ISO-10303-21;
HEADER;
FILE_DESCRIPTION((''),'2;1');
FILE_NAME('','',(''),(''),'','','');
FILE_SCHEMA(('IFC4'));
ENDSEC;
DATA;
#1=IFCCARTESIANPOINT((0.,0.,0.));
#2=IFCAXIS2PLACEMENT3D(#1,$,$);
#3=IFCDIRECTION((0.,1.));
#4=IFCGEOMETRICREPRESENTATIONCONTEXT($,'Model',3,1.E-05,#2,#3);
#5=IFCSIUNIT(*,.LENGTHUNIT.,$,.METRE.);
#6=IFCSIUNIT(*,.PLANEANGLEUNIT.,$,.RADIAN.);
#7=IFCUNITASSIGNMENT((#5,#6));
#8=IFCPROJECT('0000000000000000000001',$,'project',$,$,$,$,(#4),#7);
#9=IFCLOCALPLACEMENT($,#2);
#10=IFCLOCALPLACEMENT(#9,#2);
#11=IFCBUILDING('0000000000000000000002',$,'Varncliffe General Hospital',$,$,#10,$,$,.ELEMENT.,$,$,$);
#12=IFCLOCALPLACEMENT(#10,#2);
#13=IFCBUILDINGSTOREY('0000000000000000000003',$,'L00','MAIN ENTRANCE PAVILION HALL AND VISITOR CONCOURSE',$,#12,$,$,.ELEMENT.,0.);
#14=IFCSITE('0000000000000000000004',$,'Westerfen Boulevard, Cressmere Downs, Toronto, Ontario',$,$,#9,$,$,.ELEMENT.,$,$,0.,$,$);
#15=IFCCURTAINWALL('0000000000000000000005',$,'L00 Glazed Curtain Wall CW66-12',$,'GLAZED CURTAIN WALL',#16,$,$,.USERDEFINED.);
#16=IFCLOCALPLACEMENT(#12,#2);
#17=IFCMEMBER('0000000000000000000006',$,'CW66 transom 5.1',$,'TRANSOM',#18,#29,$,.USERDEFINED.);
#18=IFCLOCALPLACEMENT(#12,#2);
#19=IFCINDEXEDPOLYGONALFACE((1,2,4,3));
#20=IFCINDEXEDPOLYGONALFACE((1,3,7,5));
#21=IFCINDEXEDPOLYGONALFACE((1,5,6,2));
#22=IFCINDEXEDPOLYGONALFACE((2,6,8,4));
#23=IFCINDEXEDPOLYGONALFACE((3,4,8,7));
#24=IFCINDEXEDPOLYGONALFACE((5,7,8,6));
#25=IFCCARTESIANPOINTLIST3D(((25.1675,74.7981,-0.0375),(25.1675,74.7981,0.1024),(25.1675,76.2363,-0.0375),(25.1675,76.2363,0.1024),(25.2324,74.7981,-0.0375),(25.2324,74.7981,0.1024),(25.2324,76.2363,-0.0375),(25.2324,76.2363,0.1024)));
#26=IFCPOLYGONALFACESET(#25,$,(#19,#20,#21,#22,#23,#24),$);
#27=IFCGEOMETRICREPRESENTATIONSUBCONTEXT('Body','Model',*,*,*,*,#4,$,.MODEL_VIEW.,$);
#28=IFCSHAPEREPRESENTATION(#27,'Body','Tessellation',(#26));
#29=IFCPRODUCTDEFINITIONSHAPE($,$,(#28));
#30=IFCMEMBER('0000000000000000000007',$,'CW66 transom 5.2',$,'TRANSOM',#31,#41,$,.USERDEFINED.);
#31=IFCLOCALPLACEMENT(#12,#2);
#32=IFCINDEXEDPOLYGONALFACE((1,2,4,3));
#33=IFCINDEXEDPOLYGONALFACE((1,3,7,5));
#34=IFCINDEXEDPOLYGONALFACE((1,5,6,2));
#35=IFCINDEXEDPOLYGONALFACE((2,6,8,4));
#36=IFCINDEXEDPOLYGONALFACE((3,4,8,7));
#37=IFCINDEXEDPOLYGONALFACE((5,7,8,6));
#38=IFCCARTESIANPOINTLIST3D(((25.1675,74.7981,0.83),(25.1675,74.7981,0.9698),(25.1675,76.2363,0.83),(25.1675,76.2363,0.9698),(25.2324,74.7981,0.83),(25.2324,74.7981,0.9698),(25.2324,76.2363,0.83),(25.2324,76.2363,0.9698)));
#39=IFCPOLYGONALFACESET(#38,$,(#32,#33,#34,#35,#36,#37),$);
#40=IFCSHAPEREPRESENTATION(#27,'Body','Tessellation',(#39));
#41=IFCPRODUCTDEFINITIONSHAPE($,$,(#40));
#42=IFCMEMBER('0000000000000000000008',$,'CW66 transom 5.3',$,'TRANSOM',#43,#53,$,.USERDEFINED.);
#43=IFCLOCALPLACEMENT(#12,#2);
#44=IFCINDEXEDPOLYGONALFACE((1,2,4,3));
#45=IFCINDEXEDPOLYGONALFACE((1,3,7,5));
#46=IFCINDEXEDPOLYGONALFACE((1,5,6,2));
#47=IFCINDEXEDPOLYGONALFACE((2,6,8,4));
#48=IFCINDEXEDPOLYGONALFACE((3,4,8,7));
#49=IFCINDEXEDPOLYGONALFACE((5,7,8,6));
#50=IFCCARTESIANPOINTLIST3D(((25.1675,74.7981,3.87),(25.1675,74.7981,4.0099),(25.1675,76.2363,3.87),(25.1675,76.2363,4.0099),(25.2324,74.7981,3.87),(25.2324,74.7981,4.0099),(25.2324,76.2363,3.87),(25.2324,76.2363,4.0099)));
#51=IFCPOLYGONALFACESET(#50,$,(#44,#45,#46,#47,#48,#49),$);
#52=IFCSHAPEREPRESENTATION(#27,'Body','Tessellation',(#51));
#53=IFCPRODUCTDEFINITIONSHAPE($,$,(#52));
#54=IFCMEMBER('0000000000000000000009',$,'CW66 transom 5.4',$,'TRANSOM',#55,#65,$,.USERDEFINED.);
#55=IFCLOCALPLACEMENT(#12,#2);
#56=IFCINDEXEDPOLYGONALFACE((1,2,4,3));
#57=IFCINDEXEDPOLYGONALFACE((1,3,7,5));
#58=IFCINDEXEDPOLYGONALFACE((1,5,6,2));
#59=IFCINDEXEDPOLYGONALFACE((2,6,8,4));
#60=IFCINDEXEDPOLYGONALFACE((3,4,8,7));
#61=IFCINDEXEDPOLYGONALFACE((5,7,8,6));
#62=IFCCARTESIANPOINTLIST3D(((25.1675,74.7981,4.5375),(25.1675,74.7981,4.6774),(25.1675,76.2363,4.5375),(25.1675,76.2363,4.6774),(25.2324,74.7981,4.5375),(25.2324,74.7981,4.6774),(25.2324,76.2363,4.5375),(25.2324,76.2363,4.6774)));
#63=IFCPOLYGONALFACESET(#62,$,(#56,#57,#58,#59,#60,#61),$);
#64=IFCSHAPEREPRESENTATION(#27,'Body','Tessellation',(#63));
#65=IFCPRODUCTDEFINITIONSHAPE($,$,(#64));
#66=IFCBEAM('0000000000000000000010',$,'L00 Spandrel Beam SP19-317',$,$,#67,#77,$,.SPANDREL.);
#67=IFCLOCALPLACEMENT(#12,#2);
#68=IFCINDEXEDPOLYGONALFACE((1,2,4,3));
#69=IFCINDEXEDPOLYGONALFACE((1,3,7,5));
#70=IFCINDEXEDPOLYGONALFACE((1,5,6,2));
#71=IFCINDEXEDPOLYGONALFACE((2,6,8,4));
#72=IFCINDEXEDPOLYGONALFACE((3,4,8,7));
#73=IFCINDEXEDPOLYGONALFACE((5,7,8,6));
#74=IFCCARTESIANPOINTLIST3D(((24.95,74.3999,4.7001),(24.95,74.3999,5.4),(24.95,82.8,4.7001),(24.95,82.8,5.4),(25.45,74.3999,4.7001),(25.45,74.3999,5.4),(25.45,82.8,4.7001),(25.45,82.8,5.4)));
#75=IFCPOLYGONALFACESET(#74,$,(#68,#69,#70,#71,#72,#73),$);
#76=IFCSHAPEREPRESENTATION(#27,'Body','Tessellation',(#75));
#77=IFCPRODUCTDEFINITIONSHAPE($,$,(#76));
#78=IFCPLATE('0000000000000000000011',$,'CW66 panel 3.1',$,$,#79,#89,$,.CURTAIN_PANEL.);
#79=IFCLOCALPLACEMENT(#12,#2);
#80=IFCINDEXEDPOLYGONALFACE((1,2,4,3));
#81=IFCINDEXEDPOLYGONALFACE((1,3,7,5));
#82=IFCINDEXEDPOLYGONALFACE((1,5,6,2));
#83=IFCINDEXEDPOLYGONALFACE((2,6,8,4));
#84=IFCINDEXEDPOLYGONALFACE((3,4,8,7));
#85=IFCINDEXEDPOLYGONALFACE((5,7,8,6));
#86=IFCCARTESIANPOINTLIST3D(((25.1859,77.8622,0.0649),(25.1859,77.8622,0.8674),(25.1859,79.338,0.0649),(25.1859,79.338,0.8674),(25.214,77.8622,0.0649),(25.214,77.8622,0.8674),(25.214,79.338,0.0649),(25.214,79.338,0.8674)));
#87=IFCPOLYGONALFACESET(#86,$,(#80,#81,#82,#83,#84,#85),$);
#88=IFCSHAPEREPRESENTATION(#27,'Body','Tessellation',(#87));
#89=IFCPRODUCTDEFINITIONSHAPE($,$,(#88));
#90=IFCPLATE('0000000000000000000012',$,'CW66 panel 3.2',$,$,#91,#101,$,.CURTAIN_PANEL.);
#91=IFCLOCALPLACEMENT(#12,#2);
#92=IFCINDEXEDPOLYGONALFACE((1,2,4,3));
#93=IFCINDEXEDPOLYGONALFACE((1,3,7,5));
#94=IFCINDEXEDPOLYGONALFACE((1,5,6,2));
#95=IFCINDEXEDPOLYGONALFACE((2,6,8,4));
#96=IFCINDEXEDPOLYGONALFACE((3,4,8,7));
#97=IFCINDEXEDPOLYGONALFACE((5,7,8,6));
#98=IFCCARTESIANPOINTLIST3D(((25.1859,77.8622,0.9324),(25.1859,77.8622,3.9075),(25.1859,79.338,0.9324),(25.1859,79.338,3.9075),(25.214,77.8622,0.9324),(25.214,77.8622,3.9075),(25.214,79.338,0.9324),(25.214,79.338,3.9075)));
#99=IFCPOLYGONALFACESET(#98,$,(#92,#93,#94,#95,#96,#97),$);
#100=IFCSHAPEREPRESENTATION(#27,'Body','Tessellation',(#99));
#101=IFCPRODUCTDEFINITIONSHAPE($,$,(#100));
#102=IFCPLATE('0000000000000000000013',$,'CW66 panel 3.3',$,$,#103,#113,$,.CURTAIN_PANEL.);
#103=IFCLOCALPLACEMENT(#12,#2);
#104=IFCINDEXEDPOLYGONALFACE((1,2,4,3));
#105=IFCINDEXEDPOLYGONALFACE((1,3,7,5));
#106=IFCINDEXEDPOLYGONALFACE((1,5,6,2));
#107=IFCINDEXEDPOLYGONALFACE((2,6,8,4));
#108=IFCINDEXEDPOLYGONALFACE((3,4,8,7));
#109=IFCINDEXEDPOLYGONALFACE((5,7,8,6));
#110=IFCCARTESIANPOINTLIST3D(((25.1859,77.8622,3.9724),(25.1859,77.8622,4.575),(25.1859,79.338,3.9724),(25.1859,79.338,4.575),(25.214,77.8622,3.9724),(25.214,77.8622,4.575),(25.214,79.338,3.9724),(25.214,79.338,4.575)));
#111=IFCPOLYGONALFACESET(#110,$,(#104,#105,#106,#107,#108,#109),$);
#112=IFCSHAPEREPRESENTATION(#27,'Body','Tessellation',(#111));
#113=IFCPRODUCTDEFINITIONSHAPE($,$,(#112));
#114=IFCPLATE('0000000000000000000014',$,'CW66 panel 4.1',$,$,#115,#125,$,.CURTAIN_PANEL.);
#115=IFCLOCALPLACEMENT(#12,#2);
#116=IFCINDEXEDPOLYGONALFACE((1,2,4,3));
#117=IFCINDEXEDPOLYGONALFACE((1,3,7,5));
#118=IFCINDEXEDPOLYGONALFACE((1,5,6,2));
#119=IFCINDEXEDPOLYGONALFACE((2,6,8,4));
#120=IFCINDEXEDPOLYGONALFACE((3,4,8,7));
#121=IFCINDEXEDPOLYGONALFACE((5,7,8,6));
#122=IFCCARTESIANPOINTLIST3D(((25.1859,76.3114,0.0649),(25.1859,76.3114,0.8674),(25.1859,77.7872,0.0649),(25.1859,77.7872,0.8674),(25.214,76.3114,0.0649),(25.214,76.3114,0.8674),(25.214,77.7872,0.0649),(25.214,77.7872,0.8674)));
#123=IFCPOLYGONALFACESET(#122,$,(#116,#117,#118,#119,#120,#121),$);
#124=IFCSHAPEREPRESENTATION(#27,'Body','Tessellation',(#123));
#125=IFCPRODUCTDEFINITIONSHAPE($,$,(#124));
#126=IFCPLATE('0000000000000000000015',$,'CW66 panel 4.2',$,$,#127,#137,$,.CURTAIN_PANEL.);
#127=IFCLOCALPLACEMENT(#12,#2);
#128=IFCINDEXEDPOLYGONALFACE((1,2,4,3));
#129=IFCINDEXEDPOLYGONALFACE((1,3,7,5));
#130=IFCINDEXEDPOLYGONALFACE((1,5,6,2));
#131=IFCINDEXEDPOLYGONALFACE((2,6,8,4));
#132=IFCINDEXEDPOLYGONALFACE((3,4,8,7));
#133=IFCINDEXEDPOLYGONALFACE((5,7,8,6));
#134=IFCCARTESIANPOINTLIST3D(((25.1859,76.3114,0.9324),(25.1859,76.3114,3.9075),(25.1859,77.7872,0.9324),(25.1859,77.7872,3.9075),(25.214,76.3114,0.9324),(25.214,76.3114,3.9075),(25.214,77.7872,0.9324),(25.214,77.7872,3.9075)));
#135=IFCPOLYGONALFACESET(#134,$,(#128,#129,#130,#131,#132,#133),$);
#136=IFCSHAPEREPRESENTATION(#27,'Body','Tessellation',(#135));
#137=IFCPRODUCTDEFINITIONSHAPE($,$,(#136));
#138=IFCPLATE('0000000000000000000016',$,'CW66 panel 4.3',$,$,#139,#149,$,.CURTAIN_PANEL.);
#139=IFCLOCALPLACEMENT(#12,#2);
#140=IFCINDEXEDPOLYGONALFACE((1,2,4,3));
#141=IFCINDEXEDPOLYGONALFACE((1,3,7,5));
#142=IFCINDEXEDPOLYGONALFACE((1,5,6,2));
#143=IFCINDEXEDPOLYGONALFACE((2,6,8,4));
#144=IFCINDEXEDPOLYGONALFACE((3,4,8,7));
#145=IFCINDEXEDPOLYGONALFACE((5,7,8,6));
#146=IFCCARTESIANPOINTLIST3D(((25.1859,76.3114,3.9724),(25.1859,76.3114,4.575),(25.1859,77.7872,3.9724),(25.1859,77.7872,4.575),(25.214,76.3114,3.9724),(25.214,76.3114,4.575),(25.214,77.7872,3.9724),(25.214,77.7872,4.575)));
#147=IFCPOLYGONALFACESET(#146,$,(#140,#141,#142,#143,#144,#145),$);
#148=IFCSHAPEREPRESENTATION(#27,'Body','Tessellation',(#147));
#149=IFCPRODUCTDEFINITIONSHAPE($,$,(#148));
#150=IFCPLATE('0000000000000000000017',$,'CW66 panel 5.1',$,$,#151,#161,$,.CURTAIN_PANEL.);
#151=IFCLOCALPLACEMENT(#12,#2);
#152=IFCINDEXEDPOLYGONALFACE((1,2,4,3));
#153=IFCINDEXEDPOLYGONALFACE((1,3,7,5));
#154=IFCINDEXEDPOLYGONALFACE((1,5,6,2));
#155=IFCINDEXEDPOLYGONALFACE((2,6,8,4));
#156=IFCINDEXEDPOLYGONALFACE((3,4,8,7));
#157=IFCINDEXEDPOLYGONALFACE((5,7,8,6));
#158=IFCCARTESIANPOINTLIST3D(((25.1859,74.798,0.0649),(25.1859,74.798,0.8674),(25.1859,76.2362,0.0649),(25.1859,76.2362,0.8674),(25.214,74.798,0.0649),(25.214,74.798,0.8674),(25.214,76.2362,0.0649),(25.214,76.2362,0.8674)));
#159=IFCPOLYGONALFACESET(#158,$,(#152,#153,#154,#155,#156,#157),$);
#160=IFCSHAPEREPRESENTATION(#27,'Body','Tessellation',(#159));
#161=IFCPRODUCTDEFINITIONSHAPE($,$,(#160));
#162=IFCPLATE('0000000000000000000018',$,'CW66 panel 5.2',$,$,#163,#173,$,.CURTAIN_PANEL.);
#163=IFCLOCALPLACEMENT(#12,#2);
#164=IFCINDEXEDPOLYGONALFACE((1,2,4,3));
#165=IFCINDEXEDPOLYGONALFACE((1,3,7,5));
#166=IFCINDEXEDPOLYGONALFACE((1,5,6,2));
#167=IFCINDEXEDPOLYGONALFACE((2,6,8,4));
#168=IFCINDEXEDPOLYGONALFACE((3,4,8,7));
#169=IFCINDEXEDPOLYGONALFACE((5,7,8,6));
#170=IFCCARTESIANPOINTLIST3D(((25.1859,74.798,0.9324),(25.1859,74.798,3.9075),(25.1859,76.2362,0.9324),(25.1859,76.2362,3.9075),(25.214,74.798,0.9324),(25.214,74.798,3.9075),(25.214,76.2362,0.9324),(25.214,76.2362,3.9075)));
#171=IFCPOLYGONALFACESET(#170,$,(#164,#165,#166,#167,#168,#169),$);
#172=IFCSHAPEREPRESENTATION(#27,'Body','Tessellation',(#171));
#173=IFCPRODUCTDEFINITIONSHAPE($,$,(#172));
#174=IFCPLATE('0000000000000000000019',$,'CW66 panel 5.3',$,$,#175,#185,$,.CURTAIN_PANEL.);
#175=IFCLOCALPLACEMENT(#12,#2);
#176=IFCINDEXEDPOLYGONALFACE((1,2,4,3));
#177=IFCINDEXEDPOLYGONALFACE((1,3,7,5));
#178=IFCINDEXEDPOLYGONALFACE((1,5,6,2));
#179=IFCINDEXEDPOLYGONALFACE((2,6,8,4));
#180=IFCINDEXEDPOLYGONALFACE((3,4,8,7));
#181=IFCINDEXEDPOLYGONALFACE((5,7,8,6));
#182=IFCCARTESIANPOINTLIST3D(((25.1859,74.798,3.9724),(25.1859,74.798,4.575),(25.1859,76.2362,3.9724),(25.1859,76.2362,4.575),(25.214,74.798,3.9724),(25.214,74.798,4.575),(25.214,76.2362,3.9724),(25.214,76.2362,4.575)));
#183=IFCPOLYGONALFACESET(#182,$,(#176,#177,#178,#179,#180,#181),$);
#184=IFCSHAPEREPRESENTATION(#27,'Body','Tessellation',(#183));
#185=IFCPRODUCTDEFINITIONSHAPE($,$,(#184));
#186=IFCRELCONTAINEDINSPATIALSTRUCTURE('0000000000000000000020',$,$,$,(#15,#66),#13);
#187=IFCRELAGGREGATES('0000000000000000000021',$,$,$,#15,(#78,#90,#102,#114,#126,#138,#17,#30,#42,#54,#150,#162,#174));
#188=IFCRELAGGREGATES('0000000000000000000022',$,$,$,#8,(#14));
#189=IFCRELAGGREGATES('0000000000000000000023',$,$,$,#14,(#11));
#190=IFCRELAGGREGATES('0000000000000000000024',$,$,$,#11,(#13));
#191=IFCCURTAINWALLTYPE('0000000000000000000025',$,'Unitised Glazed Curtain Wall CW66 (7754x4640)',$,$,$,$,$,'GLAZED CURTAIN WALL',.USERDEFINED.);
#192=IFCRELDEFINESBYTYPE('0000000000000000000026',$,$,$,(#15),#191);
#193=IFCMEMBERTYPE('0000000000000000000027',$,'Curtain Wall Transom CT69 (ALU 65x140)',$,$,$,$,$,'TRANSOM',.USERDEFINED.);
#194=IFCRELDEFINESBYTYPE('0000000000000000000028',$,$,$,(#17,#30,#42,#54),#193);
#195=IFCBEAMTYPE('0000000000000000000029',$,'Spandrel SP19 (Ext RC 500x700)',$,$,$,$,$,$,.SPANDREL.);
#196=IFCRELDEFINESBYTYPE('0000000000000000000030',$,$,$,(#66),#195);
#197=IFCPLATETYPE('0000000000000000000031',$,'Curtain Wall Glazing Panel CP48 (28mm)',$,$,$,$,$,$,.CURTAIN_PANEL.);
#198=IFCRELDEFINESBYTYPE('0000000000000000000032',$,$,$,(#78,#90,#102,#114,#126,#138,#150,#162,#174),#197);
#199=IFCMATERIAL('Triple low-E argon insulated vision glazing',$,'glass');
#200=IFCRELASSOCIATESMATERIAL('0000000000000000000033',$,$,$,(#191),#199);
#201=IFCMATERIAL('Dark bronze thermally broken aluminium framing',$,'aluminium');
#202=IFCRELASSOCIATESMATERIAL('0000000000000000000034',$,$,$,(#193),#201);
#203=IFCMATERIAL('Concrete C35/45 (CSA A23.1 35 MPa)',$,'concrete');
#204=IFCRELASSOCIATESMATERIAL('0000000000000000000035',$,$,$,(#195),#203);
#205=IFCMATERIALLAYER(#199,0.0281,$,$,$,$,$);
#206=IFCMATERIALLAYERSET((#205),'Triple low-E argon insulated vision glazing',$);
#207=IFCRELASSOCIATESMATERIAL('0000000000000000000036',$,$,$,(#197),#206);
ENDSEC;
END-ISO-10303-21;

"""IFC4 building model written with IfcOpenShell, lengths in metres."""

from ifc_helpers import new_model, si_unit, direction, frame, origin, origin_2d, place, context, subcontext, project, spatial, rectangle, extrude, material, layer, layer_set, material_profile, profile_set, type_object, element, aggregate, save


model = new_model("IFC4")

# Units and contexts
model_context = context("Model", 3, precision=1e-05, world=origin(), true_north=direction((0.0, 1.0)))
body_context = subcontext(model_context, "Body", "Model", "MODEL_VIEW")
ifc_project = project(units=[si_unit("LENGTHUNIT", "METRE"), si_unit("PLANEANGLEUNIT", "RADIAN")], contexts=[model_context])

# Site, building, storey
site_placement = place(None, origin())
site = spatial("IfcSite", under=ifc_project, at=site_placement, Name="Westerfen Boulevard, Cressmere Downs, Toronto, Ontario", CompositionType="ELEMENT", RefElevation=0.0)
building_placement = place(site_placement, origin())
building = spatial("IfcBuilding", under=site, at=building_placement, Name="Varncliffe General Hospital", CompositionType="ELEMENT")
storey_placement = place(building_placement, origin())
storey = spatial("IfcBuildingStorey", under=building, at=storey_placement, Name="L00", Description="MAIN ENTRANCE PAVILION HALL AND VISITOR CONCOURSE", CompositionType="ELEMENT", Elevation=0.0)

# Shared definitions
ifc_material_1 = material(Name="Triple low-E argon insulated vision glazing", Category="glass")
ifc_material_2 = material(Name="Dark bronze thermally broken aluminium framing", Category="aluminium")

# Curtain wall
curtain_wall_type_1 = type_object("IfcCurtainWallType", Name="Unitised Glazed Curtain Wall CW66 (7754x4640)", ElementType="GLAZED CURTAIN WALL", PredefinedType="USERDEFINED", material=ifc_material_1)
curtain_wall_1_placement = place(storey_placement, origin())
curtain_wall_1 = element("IfcCurtainWall", 1, at=curtain_wall_1_placement, inside=storey, type_object=curtain_wall_type_1, Name="L00 Glazed Curtain Wall CW66-12", ObjectType="GLAZED CURTAIN WALL", PredefinedType="USERDEFINED")

# Members
ifc_material_profile_1 = material_profile(ifc_material_2, rectangle(XDim=0.0649, YDim=0.1399, at=origin_2d()), Name="ALU 65x140")
ifc_profile_set_1 = profile_set([ifc_material_profile_1], Name="Dark bronze thermally broken aluminium framing")
member_type_1 = type_object("IfcMemberType", Name="Curtain Wall Transom CT69 (ALU 65x140)", ElementType="TRANSOM", PredefinedType="USERDEFINED", material=ifc_profile_set_1)
member_1_placement = place(storey_placement, frame((25.2, 76.2363, 0.0325), z_axis=(0.0, -1.0, 0.0), x_axis=(1.0, 0.0, 0.0)))
member_1 = element("IfcMember", 2, at=member_1_placement, type_object=member_type_1, Name="CW66 transom 5.1", ObjectType="TRANSOM", PredefinedType="USERDEFINED", context=body_context, shape_type="SweptSolid", body=[
    extrude(rectangle(XDim=0.0649, YDim=0.1399, at=origin_2d()), origin(), (0.0, 0.0, 1.0), 1.4382),
])
member_2_placement = place(storey_placement, frame((25.2, 76.2363, 0.8999), z_axis=(0.0, -1.0, 0.0), x_axis=(1.0, 0.0, 0.0)))
member_2 = element("IfcMember", 3, at=member_2_placement, type_object=member_type_1, Name="CW66 transom 5.2", ObjectType="TRANSOM", PredefinedType="USERDEFINED", context=body_context, shape_type="SweptSolid", body=[
    extrude(rectangle(XDim=0.0649, YDim=0.1399, at=origin_2d()), origin(), (0.0, 0.0, 1.0), 1.4382),
])
member_3_placement = place(storey_placement, frame((25.2, 76.2363, 3.9399), z_axis=(0.0, -1.0, 0.0), x_axis=(1.0, 0.0, 0.0)))
member_3 = element("IfcMember", 4, at=member_3_placement, type_object=member_type_1, Name="CW66 transom 5.3", ObjectType="TRANSOM", PredefinedType="USERDEFINED", context=body_context, shape_type="SweptSolid", body=[
    extrude(rectangle(XDim=0.0649, YDim=0.1399, at=origin_2d()), origin(), (0.0, 0.0, 1.0), 1.4382),
])
member_4_placement = place(storey_placement, frame((25.2, 76.2363, 4.6074), z_axis=(0.0, -1.0, 0.0), x_axis=(1.0, 0.0, 0.0)))
member_4 = element("IfcMember", 5, at=member_4_placement, type_object=member_type_1, Name="CW66 transom 5.4", ObjectType="TRANSOM", PredefinedType="USERDEFINED", context=body_context, shape_type="SweptSolid", body=[
    extrude(rectangle(XDim=0.0649, YDim=0.1399, at=origin_2d()), origin(), (0.0, 0.0, 1.0), 1.4382),
])

# Beam
ifc_material_3 = material(Name="Concrete C35/45 (CSA A23.1 35 MPa)", Category="concrete")
ifc_material_profile_2 = material_profile(ifc_material_3, rectangle(XDim=0.5, YDim=0.7, at=origin_2d()), Name="RC 500x700")
ifc_profile_set_2 = profile_set([ifc_material_profile_2], Name="Concrete C35/45 (CSA A23.1 35 MPa)")
beam_type = type_object("IfcBeamType", Name="Spandrel SP19 (Ext RC 500x700)", PredefinedType="SPANDREL", material=ifc_profile_set_2)
beam_placement = place(storey_placement, frame((25.2, 74.3999, 5.05), z_axis=(0.0, 1.0, 0.0), x_axis=(-1.0, 0.0, 0.0)))
element("IfcBeam", 6, at=beam_placement, inside=storey, type_object=beam_type, Name="L00 Spandrel Beam SP19-317", PredefinedType="SPANDREL", context=body_context, shape_type="SweptSolid", body=[
    extrude(rectangle(XDim=0.5, YDim=0.7, at=origin_2d()), origin(), (0.0, 0.0, 1.0), 8.4001),
])

# Plates
ifc_layer = layer(ifc_material_1, 0.0281)
ifc_layer_set = layer_set([ifc_layer], Name="Triple low-E argon insulated vision glazing")
plate_type = type_object("IfcPlateType", Name="Curtain Wall Glazing Panel CP48 (28mm)", PredefinedType="CURTAIN_PANEL", material=ifc_layer_set)
plate_1_placement = place(storey_placement, frame((25.2, 78.6001, 0.0649), z_axis=(0.0, 0.0, 1.0), x_axis=(0.0, -1.0, 0.0)))
plate_1 = element("IfcPlate", 7, at=plate_1_placement, type_object=plate_type, Name="CW66 panel 3.1", PredefinedType="CURTAIN_PANEL", context=body_context, shape_type="SweptSolid", body=[
    extrude(rectangle(XDim=1.4758, YDim=0.0281, at=origin_2d()), origin(), (0.0, 0.0, 1.0), 0.8025),
])
plate_2_placement = place(storey_placement, frame((25.2, 78.6001, 0.9324), z_axis=(0.0, 0.0, 1.0), x_axis=(0.0, -1.0, 0.0)))
plate_2 = element("IfcPlate", 8, at=plate_2_placement, type_object=plate_type, Name="CW66 panel 3.2", PredefinedType="CURTAIN_PANEL", context=body_context, shape_type="SweptSolid", body=[
    extrude(rectangle(XDim=1.4758, YDim=0.0281, at=origin_2d()), origin(), (0.0, 0.0, 1.0), 2.9751),
])
plate_3_placement = place(storey_placement, frame((25.2, 78.6001, 3.9724), z_axis=(0.0, 0.0, 1.0), x_axis=(0.0, -1.0, 0.0)))
plate_3 = element("IfcPlate", 9, at=plate_3_placement, type_object=plate_type, Name="CW66 panel 3.3", PredefinedType="CURTAIN_PANEL", context=body_context, shape_type="SweptSolid", body=[
    extrude(rectangle(XDim=1.4758, YDim=0.0281, at=origin_2d()), origin(), (0.0, 0.0, 1.0), 0.6025),
])
plate_4_placement = place(storey_placement, frame((25.2, 77.0493, 0.0649), z_axis=(0.0, 0.0, 1.0), x_axis=(0.0, -1.0, 0.0)))
plate_4 = element("IfcPlate", 10, at=plate_4_placement, type_object=plate_type, Name="CW66 panel 4.1", PredefinedType="CURTAIN_PANEL", context=body_context, shape_type="SweptSolid", body=[
    extrude(rectangle(XDim=1.4758, YDim=0.0281, at=origin_2d()), origin(), (0.0, 0.0, 1.0), 0.8025),
])
plate_5_placement = place(storey_placement, frame((25.2, 77.0493, 0.9324), z_axis=(0.0, 0.0, 1.0), x_axis=(0.0, -1.0, 0.0)))
plate_5 = element("IfcPlate", 11, at=plate_5_placement, type_object=plate_type, Name="CW66 panel 4.2", PredefinedType="CURTAIN_PANEL", context=body_context, shape_type="SweptSolid", body=[
    extrude(rectangle(XDim=1.4758, YDim=0.0281, at=origin_2d()), origin(), (0.0, 0.0, 1.0), 2.9751),
])
plate_6_placement = place(storey_placement, frame((25.2, 77.0493, 3.9724), z_axis=(0.0, 0.0, 1.0), x_axis=(0.0, -1.0, 0.0)))
plate_6 = element("IfcPlate", 12, at=plate_6_placement, type_object=plate_type, Name="CW66 panel 4.3", PredefinedType="CURTAIN_PANEL", context=body_context, shape_type="SweptSolid", body=[
    extrude(rectangle(XDim=1.4758, YDim=0.0281, at=origin_2d()), origin(), (0.0, 0.0, 1.0), 0.6025),
])
plate_7_placement = place(storey_placement, frame((25.2, 75.5171, 0.0649), z_axis=(0.0, 0.0, 1.0), x_axis=(0.0, -1.0, 0.0)))
plate_7 = element("IfcPlate", 13, at=plate_7_placement, type_object=plate_type, Name="CW66 panel 5.1", PredefinedType="CURTAIN_PANEL", context=body_context, shape_type="SweptSolid", body=[
    extrude(rectangle(XDim=1.4382, YDim=0.0281, at=origin_2d()), origin(), (0.0, 0.0, 1.0), 0.8025),
])
plate_8_placement = place(storey_placement, frame((25.2, 75.5171, 0.9324), z_axis=(0.0, 0.0, 1.0), x_axis=(0.0, -1.0, 0.0)))
plate_8 = element("IfcPlate", 14, at=plate_8_placement, type_object=plate_type, Name="CW66 panel 5.2", PredefinedType="CURTAIN_PANEL", context=body_context, shape_type="SweptSolid", body=[
    extrude(rectangle(XDim=1.4382, YDim=0.0281, at=origin_2d()), origin(), (0.0, 0.0, 1.0), 2.9751),
])
plate_9_placement = place(storey_placement, frame((25.2, 75.5171, 3.9724), z_axis=(0.0, 0.0, 1.0), x_axis=(0.0, -1.0, 0.0)))
plate_9 = element("IfcPlate", 15, at=plate_9_placement, type_object=plate_type, Name="CW66 panel 5.3", PredefinedType="CURTAIN_PANEL", context=body_context, shape_type="SweptSolid", body=[
    extrude(rectangle(XDim=1.4382, YDim=0.0281, at=origin_2d()), origin(), (0.0, 0.0, 1.0), 0.6025),
])
aggregate(curtain_wall_1, [plate_1, plate_2, plate_3, plate_4, plate_5, plate_6, member_1, member_2, member_3, member_4, plate_7, plate_8, plate_9])

save(model, "model.ifc")
